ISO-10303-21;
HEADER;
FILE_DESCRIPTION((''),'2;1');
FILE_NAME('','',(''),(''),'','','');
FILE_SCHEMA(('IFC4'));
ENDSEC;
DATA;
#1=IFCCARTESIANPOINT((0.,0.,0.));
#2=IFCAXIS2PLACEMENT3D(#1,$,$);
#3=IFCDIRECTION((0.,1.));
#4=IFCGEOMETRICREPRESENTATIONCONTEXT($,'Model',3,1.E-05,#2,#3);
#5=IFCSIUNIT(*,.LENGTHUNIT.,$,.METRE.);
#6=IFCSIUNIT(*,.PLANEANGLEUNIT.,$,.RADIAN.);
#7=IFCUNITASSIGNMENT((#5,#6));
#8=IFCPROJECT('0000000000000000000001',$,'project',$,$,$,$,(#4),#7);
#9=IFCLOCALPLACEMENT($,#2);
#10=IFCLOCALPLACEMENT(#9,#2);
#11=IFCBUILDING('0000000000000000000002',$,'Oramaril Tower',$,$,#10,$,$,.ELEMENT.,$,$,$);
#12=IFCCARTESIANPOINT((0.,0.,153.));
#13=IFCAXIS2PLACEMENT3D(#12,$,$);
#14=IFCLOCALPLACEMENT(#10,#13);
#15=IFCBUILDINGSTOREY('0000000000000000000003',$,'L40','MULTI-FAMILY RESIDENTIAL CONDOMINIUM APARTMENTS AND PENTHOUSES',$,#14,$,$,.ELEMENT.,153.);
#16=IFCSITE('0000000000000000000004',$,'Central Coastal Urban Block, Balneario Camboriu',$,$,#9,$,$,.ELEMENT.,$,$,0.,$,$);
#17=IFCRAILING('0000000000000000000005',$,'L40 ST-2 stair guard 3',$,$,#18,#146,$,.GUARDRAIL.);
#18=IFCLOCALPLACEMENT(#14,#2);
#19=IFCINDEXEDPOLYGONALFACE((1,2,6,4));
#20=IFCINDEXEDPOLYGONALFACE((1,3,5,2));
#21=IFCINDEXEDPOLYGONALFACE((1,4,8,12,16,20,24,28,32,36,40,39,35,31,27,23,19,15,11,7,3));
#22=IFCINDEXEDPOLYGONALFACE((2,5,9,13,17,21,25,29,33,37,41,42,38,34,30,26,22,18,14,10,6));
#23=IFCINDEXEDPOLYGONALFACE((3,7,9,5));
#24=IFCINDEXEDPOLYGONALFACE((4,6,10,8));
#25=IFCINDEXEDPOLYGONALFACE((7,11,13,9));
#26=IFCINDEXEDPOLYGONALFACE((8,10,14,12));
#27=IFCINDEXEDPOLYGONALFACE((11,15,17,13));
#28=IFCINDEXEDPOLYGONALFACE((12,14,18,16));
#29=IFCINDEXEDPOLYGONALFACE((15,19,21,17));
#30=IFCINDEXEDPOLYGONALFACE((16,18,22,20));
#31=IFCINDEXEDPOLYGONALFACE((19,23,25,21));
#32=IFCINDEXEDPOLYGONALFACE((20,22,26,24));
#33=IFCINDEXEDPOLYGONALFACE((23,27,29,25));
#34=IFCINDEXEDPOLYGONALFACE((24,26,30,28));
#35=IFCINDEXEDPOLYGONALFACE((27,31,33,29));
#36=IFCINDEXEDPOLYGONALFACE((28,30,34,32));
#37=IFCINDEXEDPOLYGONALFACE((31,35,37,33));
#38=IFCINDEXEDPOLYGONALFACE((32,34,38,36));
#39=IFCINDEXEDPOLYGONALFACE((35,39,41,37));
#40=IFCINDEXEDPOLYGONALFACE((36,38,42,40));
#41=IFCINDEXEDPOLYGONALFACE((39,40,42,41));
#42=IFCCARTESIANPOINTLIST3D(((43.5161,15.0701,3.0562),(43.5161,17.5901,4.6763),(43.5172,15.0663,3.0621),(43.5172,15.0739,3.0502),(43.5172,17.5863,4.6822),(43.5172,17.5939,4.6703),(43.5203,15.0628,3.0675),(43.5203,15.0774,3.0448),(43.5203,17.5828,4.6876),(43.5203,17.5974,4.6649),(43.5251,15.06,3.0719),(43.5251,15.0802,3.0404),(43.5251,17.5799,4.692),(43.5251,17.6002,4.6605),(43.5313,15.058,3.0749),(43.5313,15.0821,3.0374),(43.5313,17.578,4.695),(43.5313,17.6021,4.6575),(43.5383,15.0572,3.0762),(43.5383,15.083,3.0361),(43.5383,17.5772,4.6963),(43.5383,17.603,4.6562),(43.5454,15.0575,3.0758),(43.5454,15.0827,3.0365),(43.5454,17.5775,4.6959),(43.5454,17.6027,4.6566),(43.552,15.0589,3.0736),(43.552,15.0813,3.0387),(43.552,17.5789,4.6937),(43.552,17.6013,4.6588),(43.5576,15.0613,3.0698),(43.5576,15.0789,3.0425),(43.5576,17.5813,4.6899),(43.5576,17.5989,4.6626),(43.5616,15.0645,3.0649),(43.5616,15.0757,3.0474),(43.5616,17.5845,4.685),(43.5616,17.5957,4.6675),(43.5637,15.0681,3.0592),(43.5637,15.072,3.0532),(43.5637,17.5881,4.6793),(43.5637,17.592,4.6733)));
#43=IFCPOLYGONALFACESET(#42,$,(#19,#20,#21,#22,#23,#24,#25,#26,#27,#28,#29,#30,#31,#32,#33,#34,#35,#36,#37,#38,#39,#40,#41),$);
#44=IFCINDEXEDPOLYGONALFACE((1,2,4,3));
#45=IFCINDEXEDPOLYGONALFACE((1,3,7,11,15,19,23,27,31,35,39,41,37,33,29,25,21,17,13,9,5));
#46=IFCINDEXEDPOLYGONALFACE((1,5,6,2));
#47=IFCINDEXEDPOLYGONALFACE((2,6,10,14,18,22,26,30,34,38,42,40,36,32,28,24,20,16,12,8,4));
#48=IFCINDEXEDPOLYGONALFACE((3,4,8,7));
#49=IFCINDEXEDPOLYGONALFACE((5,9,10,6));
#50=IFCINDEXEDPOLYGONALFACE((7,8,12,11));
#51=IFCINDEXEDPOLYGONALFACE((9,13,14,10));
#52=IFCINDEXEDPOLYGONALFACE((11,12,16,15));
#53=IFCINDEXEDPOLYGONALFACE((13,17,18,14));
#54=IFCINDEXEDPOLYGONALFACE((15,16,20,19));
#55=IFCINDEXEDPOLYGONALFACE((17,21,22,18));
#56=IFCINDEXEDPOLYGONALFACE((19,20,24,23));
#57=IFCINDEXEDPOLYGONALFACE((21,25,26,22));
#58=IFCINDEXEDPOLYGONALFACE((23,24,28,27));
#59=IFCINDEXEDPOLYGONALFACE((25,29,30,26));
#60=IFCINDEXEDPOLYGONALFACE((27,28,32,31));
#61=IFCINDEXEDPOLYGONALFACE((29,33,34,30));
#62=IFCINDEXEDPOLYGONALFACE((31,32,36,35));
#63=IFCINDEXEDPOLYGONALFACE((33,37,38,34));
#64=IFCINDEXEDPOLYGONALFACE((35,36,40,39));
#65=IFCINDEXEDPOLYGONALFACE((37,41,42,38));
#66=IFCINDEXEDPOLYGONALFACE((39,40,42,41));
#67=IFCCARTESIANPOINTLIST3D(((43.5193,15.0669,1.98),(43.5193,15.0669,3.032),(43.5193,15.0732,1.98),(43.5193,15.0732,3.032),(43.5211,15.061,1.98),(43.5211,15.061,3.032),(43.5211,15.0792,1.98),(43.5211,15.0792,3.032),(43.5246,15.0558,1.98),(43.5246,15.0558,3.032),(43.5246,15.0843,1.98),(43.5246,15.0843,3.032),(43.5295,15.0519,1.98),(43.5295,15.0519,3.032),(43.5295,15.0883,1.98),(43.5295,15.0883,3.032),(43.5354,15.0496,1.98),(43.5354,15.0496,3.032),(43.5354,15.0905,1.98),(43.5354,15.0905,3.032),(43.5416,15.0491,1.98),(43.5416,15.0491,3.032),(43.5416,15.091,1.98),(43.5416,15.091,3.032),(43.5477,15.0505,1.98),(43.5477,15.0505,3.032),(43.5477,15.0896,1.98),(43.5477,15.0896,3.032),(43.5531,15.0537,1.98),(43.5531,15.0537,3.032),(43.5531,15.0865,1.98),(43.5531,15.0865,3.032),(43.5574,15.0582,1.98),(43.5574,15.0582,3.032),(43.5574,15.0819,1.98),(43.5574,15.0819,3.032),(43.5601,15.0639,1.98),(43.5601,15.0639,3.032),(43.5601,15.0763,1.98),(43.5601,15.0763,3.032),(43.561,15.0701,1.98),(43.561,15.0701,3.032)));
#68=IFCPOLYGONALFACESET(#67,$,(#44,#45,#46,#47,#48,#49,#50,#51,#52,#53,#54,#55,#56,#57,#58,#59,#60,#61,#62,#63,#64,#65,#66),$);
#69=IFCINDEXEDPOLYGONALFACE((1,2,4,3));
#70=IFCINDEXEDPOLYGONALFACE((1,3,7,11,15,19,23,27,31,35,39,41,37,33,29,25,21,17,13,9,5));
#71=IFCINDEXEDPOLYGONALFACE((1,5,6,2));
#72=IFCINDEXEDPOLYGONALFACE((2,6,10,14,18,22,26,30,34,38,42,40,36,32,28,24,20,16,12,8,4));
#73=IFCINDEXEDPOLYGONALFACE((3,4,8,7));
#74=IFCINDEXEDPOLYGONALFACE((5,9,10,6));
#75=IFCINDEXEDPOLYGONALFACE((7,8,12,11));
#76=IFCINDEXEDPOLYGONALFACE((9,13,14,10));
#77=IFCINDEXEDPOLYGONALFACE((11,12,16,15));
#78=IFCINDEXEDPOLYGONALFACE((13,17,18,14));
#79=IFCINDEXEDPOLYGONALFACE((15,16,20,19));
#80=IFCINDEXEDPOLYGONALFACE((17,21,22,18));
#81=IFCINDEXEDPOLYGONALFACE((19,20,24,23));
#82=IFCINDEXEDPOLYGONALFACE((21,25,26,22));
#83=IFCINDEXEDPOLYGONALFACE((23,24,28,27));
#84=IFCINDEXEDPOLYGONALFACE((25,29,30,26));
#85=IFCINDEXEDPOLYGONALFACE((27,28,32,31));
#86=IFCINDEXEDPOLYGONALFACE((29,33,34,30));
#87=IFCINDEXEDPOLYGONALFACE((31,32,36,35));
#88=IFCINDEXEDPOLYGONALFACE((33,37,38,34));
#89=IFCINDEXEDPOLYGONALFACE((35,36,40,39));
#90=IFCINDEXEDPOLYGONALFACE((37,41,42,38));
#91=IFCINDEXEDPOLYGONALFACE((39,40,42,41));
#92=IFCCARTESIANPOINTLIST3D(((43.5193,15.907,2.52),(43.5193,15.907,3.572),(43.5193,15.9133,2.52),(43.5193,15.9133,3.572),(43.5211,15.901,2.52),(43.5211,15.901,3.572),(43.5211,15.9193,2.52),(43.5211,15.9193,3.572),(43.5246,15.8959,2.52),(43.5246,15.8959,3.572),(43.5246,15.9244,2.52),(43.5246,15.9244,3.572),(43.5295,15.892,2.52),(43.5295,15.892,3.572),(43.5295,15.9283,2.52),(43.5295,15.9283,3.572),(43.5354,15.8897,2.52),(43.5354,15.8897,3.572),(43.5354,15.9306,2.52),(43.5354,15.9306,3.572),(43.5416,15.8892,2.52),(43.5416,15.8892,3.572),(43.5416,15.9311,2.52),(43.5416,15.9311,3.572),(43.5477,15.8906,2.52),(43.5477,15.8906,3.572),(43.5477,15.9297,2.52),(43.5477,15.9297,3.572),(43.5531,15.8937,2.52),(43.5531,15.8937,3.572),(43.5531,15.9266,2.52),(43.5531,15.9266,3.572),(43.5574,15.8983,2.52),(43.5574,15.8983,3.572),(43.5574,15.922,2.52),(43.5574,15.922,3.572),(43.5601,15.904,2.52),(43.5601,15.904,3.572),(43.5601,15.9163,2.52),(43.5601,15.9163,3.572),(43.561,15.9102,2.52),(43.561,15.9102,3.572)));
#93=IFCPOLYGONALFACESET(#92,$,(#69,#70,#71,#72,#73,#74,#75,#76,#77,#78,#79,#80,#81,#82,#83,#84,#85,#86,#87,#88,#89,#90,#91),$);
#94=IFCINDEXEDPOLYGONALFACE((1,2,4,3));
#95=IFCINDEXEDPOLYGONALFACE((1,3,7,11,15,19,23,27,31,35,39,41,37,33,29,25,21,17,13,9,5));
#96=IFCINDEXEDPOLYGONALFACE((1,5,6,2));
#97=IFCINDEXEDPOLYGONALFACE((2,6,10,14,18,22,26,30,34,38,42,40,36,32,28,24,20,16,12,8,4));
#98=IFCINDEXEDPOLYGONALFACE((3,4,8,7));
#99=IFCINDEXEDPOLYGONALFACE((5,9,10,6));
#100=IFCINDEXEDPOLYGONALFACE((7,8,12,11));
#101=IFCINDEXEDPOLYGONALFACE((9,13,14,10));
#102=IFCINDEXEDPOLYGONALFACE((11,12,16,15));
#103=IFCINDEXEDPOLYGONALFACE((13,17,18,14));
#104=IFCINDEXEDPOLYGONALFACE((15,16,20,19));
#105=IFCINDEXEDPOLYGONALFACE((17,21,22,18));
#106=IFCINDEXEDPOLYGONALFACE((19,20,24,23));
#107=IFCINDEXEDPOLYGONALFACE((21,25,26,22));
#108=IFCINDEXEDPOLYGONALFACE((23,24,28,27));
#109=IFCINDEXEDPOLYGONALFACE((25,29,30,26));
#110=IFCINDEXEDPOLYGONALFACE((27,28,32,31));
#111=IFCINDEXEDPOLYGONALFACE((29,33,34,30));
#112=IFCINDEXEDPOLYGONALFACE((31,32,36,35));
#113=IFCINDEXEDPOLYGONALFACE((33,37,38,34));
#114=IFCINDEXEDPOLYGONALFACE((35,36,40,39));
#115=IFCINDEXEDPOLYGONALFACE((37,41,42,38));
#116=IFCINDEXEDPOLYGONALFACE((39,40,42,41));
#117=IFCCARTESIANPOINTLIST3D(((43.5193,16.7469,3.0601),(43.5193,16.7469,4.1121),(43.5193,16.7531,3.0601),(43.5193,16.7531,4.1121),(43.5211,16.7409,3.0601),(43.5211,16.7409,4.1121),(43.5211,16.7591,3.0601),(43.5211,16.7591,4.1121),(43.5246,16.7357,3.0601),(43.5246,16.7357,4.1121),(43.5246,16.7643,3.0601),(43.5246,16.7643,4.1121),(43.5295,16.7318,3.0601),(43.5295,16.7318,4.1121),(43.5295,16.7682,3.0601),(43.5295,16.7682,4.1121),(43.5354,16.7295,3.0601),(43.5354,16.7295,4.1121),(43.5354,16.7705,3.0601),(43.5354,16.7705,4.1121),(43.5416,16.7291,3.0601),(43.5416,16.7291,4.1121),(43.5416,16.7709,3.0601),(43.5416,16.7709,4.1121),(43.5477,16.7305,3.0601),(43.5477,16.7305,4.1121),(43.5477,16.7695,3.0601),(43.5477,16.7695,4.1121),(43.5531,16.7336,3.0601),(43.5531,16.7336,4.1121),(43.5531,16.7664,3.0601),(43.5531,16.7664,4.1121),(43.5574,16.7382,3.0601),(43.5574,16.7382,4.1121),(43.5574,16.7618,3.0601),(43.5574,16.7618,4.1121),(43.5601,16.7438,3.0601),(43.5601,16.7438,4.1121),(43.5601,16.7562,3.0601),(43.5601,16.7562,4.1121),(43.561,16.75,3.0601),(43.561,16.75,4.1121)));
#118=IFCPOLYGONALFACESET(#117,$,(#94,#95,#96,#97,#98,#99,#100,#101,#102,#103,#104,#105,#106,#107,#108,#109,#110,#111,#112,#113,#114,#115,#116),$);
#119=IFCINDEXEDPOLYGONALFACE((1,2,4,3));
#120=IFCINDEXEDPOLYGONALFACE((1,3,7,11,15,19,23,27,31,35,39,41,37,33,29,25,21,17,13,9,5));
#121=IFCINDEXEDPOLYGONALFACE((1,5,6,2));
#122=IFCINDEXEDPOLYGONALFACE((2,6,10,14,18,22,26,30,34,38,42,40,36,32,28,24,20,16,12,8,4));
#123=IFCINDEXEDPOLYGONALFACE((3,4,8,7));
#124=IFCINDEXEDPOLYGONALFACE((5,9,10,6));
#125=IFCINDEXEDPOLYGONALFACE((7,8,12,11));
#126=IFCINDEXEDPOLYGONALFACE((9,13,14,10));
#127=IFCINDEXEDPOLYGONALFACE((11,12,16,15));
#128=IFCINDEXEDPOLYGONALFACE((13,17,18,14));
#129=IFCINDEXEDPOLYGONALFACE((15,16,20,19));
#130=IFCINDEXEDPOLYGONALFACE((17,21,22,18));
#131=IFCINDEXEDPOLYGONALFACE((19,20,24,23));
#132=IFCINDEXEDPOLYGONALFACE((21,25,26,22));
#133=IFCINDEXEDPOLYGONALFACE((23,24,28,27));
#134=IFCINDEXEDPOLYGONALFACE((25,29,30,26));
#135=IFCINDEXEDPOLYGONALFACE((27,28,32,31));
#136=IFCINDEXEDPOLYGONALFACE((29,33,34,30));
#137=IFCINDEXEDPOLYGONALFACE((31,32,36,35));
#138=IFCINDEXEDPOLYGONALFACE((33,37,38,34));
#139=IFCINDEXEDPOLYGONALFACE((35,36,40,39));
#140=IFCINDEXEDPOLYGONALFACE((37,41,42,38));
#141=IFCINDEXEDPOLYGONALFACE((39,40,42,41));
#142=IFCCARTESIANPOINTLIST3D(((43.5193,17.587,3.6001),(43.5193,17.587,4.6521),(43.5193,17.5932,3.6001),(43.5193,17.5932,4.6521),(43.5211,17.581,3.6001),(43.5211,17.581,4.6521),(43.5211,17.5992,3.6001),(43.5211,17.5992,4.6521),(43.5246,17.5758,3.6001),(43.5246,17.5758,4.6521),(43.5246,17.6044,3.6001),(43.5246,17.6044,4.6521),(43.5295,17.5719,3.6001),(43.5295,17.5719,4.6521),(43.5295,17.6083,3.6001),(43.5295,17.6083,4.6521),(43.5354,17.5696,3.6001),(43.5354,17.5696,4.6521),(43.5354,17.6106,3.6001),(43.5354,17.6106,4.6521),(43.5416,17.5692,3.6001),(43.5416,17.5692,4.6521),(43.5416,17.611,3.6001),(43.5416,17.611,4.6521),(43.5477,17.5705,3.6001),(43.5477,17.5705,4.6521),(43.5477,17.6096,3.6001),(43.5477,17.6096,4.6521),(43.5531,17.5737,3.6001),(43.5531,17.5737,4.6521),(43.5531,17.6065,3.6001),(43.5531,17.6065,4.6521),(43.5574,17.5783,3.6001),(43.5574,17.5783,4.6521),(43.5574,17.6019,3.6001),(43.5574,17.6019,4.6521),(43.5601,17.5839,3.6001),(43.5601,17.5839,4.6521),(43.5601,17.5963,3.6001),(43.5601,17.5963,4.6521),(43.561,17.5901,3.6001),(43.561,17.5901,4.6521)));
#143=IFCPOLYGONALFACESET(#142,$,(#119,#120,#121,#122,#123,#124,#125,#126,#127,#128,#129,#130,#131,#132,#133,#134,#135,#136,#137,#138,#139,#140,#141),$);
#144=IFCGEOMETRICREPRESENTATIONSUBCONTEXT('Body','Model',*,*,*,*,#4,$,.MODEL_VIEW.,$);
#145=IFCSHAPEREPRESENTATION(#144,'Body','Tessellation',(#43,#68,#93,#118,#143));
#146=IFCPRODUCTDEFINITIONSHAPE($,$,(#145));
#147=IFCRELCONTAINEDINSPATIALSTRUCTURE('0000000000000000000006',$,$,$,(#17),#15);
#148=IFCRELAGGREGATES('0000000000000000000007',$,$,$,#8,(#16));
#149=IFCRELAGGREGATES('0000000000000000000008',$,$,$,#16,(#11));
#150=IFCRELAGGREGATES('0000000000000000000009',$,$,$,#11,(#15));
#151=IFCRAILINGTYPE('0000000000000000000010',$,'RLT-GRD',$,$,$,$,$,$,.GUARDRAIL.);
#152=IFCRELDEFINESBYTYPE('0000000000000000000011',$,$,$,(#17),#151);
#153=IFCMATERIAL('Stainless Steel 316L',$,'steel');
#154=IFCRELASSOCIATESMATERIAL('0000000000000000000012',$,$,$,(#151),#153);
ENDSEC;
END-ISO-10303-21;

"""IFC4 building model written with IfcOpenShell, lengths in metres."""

from ifc_helpers import new_model, si_unit, direction, frame, origin, origin_2d, place, context, subcontext, project, spatial, circle, extrude, material, type_object, element, save


model = new_model("IFC4")

# Units and contexts
model_context = context("Model", 3, precision=1e-05, world=origin(), true_north=direction((0.0, 1.0)))
body_context = subcontext(model_context, "Body", "Model", "MODEL_VIEW")
ifc_project = project(units=[si_unit("LENGTHUNIT", "METRE"), si_unit("PLANEANGLEUNIT", "RADIAN")], contexts=[model_context])

# Site, building, storey
site_placement = place(None, origin())
site = spatial("IfcSite", under=ifc_project, at=site_placement, Name="Central Coastal Urban Block, Balneario Camboriu", CompositionType="ELEMENT", RefElevation=0.0)
building_placement = place(site_placement, origin())
building = spatial("IfcBuilding", under=site, at=building_placement, Name="Oramaril Tower", CompositionType="ELEMENT")
storey_placement = place(building_placement, frame((0.0, 0.0, 153.0)))
storey = spatial("IfcBuildingStorey", under=building, at=storey_placement, Name="L40", Description="MULTI-FAMILY RESIDENTIAL CONDOMINIUM APARTMENTS AND PENTHOUSES", CompositionType="ELEMENT", Elevation=153.0)

# Railing
ifc_material_1 = material(Name="Stainless Steel 316L", Category="steel")
railing_type_1 = type_object("IfcRailingType", Name="RLT-GRD", PredefinedType="GUARDRAIL", material=ifc_material_1)
railing_1_placement = place(storey_placement, frame((43.54, 15.0701, 1.98)))
element("IfcRailing", 1, at=railing_1_placement, inside=storey, type_object=railing_type_1, Name="L40 ST-2 stair guard 3", PredefinedType="GUARDRAIL", context=body_context, shape_type="SweptSolid", body=[
    extrude(circle(Radius=0.0239, at=origin_2d()), frame((0.0, 0.0, 1.0762), z_axis=(0.0, 0.841163, 0.540782), x_axis=(-1.0, 0.0, 0.0)), (0.0, 0.0, 1.0), 2.9958),
    extrude(circle(Radius=0.021, at=origin_2d()), origin(), (0.0, 0.0, 1.0), 1.052),
    extrude(circle(Radius=0.021, at=origin_2d()), frame((0.0, 0.8401, 0.54)), (0.0, 0.0, 1.0), 1.052),
    extrude(circle(Radius=0.021, at=origin_2d()), frame((0.0, 1.6799, 1.0801)), (0.0, 0.0, 1.0), 1.052),
    extrude(circle(Radius=0.021, at=origin_2d()), frame((0.0, 2.52, 1.6201)), (0.0, 0.0, 1.0), 1.052),
])

save(model, "model.ifc")
